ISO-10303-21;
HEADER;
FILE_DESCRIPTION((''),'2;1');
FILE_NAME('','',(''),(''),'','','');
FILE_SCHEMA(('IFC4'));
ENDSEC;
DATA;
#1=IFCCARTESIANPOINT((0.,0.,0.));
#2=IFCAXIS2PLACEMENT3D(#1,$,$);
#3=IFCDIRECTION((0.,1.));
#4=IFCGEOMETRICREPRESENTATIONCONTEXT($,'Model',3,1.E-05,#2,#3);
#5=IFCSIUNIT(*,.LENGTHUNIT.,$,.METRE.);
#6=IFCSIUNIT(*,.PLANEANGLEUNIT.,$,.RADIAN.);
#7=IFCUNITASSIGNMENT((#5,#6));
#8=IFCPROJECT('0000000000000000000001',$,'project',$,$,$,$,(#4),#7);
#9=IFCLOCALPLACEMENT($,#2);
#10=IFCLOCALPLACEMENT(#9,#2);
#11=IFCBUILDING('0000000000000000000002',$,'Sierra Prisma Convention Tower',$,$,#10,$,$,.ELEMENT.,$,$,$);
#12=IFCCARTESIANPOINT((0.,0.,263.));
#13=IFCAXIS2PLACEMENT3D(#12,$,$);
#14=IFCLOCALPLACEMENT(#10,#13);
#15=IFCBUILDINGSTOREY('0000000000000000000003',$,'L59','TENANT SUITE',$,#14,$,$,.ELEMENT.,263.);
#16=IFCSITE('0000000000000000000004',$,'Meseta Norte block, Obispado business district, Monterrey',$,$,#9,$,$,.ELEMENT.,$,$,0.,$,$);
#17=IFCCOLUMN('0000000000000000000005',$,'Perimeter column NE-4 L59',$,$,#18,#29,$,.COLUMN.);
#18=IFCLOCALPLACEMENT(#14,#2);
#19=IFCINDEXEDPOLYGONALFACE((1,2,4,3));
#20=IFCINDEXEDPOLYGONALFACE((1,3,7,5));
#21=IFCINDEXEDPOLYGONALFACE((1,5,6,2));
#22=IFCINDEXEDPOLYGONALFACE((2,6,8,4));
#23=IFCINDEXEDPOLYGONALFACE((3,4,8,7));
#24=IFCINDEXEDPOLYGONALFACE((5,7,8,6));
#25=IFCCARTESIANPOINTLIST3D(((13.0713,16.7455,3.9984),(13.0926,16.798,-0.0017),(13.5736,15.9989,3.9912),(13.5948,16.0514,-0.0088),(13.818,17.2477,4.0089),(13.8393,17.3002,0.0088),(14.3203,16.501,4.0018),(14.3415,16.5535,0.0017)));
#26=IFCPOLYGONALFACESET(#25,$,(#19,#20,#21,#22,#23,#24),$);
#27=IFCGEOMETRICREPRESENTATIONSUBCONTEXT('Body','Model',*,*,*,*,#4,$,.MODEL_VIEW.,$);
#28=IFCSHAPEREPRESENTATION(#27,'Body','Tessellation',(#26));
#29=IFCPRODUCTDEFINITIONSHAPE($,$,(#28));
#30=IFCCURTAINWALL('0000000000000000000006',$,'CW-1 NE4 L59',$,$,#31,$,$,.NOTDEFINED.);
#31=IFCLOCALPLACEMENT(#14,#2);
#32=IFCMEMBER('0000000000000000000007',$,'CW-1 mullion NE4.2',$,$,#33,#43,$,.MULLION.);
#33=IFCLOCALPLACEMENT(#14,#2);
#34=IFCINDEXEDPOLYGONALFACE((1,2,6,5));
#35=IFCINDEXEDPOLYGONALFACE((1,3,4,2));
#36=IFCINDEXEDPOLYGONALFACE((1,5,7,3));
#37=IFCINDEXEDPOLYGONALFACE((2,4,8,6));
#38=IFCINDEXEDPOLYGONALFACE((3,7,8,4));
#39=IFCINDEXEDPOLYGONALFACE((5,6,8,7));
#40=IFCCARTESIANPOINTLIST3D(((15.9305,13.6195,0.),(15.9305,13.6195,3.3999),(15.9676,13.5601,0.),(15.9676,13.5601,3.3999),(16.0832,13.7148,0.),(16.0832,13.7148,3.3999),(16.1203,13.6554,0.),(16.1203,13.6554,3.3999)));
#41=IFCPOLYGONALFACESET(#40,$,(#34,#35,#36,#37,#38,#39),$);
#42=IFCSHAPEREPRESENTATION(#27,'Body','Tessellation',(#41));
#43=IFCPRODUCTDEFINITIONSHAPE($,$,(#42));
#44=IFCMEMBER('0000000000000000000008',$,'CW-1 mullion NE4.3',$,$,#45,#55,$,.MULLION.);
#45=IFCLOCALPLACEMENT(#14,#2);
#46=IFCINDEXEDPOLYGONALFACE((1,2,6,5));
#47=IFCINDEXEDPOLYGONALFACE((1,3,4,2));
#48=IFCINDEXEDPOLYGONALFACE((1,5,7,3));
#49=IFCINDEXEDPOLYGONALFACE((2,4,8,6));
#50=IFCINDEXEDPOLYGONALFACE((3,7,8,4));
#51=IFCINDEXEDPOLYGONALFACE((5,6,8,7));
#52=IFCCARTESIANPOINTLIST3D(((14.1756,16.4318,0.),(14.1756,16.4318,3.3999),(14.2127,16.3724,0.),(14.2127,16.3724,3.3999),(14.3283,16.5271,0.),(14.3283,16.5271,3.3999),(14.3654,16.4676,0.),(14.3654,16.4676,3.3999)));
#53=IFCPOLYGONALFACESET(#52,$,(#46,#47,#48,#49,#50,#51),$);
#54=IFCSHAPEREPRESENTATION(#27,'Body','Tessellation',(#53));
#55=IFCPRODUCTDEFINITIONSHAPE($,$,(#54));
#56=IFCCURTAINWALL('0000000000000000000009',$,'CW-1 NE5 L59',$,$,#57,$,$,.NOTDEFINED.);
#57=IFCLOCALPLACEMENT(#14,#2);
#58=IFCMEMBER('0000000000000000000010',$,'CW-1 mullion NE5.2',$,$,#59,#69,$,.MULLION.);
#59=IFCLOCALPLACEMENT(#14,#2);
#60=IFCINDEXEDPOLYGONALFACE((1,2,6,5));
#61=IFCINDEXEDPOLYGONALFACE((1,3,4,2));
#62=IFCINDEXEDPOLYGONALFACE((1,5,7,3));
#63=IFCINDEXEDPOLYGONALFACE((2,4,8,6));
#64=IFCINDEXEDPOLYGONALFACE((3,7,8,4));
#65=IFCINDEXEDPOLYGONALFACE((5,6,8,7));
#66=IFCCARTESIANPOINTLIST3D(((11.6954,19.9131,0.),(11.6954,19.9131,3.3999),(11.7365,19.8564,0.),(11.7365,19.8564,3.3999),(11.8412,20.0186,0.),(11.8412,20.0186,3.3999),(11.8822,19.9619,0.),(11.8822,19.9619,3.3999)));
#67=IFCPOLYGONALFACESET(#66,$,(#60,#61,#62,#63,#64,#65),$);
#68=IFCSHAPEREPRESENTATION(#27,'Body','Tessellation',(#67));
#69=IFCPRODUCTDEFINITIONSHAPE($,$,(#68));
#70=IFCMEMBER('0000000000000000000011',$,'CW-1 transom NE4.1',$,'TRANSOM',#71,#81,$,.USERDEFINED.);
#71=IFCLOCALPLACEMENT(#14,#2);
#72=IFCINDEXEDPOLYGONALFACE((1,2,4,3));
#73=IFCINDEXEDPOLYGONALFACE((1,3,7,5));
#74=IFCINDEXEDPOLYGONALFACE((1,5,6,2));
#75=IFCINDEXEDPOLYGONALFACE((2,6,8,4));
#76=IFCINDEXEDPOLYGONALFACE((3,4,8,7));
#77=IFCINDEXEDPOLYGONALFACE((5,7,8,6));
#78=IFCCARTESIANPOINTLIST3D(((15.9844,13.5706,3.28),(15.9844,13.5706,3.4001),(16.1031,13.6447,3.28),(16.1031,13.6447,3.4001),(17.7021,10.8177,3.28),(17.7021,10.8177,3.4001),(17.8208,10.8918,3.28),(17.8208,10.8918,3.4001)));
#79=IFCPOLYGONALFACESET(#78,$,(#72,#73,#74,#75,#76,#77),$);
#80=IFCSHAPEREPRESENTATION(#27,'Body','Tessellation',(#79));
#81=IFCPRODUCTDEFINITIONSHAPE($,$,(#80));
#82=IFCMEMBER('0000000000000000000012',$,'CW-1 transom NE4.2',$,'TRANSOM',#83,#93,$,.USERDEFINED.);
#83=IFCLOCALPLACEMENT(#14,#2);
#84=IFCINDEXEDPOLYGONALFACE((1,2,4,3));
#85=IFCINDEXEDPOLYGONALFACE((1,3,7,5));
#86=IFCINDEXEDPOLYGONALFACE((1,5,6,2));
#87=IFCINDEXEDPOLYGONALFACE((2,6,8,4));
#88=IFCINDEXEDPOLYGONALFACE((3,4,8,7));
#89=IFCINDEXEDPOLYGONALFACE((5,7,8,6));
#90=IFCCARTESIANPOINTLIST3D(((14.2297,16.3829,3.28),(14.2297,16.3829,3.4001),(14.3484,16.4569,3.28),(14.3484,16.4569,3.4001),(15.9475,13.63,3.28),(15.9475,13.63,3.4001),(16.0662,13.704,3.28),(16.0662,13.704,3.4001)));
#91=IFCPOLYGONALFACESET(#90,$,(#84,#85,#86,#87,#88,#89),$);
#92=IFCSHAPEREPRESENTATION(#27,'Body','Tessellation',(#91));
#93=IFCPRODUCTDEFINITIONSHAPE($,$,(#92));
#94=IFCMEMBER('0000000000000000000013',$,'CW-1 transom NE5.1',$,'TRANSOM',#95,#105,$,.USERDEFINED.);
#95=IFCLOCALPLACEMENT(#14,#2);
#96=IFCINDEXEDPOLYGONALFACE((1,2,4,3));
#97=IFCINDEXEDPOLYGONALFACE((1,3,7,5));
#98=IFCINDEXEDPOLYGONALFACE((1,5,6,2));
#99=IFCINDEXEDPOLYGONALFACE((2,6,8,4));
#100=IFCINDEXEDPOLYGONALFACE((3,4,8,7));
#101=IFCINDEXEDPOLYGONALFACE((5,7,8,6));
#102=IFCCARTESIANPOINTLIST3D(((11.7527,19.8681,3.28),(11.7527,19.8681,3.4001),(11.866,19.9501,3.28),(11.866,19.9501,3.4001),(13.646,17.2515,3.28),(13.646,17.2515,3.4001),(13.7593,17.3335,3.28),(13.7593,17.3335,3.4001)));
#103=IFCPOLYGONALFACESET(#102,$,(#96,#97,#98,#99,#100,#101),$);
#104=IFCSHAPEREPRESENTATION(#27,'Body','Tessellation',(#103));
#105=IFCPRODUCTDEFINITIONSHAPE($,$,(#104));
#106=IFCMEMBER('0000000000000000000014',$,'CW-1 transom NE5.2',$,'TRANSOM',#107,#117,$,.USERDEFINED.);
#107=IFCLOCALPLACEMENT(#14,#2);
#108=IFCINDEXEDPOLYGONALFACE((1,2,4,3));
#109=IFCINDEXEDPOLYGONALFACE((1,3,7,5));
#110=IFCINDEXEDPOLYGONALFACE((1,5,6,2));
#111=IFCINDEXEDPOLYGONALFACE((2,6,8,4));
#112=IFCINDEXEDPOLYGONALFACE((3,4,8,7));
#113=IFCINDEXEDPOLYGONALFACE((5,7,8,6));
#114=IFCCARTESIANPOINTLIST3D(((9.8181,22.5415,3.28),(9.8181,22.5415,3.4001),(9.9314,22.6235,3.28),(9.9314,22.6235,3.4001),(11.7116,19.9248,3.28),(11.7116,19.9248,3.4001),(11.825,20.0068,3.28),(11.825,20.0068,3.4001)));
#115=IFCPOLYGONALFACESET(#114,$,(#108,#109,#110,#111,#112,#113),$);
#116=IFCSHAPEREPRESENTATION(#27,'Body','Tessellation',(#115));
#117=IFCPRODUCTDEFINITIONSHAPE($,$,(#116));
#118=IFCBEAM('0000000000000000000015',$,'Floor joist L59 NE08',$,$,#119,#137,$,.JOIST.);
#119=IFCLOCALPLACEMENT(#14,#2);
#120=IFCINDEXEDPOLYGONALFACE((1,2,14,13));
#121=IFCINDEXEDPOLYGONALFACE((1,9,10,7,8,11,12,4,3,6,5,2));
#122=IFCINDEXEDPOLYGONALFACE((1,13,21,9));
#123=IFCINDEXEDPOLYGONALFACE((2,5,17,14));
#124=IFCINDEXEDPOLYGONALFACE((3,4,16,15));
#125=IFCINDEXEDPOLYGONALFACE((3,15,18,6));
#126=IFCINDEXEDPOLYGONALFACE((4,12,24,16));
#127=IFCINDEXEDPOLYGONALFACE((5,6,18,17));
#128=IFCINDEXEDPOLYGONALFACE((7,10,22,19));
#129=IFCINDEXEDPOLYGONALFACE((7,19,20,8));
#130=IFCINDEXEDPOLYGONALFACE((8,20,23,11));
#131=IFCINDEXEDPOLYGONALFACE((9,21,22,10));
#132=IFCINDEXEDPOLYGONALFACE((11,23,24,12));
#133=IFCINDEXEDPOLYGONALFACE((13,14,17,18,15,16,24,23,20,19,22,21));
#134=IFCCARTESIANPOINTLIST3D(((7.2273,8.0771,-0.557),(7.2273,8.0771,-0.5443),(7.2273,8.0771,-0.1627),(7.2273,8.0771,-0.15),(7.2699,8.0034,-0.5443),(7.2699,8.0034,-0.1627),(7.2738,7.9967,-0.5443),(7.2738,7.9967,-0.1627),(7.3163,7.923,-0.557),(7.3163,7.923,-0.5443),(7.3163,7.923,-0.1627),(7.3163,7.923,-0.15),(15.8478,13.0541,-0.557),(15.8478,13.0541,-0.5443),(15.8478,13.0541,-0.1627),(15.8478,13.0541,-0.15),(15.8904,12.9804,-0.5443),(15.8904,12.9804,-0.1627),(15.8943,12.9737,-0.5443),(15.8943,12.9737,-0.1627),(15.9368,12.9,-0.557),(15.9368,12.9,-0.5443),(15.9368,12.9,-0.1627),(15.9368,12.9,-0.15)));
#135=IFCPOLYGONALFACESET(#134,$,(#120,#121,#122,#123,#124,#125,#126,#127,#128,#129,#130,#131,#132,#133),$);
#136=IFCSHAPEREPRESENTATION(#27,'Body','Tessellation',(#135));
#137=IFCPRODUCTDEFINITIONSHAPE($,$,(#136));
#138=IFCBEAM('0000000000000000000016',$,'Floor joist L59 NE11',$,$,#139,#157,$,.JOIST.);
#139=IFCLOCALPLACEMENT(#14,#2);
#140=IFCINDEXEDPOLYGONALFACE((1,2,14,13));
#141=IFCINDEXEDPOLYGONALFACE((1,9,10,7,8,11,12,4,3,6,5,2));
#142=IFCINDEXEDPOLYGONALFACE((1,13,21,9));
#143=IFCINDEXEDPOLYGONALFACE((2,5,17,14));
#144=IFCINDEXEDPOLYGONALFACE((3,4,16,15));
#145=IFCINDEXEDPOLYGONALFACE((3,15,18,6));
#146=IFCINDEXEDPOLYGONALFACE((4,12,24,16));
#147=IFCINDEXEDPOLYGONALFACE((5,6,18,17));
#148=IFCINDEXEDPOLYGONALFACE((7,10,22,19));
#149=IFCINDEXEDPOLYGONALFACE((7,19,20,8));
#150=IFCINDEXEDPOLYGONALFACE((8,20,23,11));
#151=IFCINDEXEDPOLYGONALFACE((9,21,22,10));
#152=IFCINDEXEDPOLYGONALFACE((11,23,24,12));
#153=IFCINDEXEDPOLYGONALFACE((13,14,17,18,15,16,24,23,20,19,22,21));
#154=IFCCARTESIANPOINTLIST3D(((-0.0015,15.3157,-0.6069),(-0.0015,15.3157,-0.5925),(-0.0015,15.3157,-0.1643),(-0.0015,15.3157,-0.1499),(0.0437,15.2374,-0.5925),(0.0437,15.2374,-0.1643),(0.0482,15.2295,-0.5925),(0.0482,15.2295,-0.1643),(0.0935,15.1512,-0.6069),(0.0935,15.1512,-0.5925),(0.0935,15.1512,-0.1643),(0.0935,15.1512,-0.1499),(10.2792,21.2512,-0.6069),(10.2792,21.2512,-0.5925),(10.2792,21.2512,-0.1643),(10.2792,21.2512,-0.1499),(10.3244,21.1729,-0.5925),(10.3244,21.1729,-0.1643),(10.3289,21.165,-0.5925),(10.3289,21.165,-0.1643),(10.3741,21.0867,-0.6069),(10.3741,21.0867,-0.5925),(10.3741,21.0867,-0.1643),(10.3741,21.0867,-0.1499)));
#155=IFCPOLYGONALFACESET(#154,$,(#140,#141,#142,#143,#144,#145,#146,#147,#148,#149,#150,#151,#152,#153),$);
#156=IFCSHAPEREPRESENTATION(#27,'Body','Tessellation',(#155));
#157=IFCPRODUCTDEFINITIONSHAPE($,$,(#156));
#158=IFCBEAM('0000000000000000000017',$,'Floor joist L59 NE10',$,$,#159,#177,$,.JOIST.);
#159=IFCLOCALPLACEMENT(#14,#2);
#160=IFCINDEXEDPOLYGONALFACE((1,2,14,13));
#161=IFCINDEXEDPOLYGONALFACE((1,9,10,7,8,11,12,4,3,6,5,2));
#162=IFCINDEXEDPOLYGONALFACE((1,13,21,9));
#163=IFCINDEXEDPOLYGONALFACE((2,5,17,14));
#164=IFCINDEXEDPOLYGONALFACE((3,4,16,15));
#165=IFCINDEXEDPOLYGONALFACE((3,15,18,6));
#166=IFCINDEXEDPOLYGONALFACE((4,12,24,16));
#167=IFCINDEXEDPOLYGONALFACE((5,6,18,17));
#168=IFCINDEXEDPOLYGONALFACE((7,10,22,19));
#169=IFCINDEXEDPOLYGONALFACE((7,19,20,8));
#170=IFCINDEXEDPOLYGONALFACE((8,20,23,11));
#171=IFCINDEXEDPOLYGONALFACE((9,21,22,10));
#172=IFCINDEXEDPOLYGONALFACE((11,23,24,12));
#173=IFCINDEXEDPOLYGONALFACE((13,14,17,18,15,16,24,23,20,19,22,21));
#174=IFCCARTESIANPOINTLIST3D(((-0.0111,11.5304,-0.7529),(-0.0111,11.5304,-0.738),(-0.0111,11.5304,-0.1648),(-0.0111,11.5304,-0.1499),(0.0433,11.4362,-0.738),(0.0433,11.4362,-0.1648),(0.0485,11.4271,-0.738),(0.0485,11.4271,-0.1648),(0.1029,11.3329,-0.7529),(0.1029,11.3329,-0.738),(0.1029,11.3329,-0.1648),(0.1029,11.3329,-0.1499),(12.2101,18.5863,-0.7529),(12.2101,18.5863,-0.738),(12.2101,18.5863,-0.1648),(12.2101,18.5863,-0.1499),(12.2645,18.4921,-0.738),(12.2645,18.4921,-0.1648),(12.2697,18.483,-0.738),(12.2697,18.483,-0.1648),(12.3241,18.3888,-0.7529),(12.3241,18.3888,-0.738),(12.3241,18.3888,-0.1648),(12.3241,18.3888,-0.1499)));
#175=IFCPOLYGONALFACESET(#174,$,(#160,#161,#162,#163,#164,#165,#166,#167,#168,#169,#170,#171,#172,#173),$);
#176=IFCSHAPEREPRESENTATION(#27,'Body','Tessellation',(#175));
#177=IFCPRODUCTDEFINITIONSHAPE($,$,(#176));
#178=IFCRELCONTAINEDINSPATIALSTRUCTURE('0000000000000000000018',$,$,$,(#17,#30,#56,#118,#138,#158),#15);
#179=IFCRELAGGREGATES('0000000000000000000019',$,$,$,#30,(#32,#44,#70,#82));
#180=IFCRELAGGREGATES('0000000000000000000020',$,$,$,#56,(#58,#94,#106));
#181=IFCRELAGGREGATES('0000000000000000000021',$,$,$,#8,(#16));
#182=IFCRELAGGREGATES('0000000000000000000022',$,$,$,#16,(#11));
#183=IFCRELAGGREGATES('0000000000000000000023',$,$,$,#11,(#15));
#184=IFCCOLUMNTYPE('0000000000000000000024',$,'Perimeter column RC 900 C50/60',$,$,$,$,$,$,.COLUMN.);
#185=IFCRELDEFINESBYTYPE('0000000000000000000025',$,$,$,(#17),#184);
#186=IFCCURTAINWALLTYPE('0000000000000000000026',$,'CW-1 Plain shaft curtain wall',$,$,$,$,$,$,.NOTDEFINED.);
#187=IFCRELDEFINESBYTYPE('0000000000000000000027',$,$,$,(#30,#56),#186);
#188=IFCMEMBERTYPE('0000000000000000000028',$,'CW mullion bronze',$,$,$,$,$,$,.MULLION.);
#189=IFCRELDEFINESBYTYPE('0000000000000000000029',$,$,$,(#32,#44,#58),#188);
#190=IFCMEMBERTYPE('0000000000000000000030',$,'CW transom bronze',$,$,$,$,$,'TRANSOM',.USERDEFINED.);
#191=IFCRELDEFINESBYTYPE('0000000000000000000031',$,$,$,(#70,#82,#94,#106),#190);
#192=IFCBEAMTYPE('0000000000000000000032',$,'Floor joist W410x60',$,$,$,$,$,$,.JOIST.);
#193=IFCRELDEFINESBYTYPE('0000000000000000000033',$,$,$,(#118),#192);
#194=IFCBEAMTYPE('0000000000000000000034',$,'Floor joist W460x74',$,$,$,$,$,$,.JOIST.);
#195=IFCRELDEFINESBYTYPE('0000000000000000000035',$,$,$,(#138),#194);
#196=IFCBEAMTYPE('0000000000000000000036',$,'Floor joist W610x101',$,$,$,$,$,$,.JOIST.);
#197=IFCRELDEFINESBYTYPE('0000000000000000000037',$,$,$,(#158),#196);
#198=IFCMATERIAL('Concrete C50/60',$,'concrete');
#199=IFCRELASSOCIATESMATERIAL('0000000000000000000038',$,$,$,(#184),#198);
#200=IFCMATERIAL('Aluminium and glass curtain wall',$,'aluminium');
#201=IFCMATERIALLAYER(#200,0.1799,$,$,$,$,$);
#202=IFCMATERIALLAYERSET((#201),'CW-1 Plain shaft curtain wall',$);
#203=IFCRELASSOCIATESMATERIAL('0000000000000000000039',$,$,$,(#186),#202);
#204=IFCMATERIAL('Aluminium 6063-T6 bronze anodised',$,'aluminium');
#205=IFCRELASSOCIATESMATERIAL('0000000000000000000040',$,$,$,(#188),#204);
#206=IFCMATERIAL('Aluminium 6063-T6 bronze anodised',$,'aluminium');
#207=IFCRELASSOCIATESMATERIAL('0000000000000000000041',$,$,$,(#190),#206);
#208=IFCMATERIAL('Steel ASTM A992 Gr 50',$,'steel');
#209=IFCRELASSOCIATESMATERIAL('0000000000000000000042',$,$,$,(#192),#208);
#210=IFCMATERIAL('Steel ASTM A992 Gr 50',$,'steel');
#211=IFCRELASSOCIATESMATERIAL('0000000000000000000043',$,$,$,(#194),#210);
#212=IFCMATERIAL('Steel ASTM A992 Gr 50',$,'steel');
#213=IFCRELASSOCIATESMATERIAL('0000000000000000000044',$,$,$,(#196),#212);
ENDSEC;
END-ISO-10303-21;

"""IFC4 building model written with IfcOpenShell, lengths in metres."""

from ifc_helpers import new_model, si_unit, direction, frame, origin, origin_2d, place, context, subcontext, project, spatial, rectangle, i_section, extrude, material, layer, layer_set, material_profile, profile_set, type_object, element, aggregate, save


model = new_model("IFC4")

# Units and contexts
model_context = context("Model", 3, precision=1e-05, world=origin(), true_north=direction((0.0, 1.0)))
body_context = subcontext(model_context, "Body", "Model", "MODEL_VIEW")
ifc_project = project(units=[si_unit("LENGTHUNIT", "METRE"), si_unit("PLANEANGLEUNIT", "RADIAN")], contexts=[model_context])

# Site, building, storey
site_placement = place(None, origin())
site = spatial("IfcSite", under=ifc_project, at=site_placement, Name="Meseta Norte block, Obispado business district, Monterrey", CompositionType="ELEMENT", RefElevation=0.0)
building_placement = place(site_placement, origin())
building = spatial("IfcBuilding", under=site, at=building_placement, Name="Sierra Prisma Convention Tower", CompositionType="ELEMENT")
storey_placement = place(building_placement, frame((0.0, 0.0, 263.0)))
storey = spatial("IfcBuildingStorey", under=building, at=storey_placement, Name="L59", Description="TENANT SUITE", CompositionType="ELEMENT", Elevation=263.0)

# Column
ifc_material_1 = material(Name="Concrete C50/60", Category="concrete")
ifc_material_profile_1 = material_profile(ifc_material_1, rectangle(XDim=0.8999, YDim=0.8999, at=origin_2d()), Name="Perimeter column RC 900 C50/60")
ifc_profile_set_1 = profile_set([ifc_material_profile_1], Name="Concrete C50/60")
column_type = type_object("IfcColumnType", Name="Perimeter column RC 900 C50/60", PredefinedType="COLUMN", material=ifc_profile_set_1)
column_placement = place(storey_placement, frame((13.717, 16.6758, 0.0), z_axis=(-0.00531, -0.013121, 0.9999), x_axis=(-0.558111, 0.829729, 0.007925)))
element("IfcColumn", 1, at=column_placement, inside=storey, type_object=column_type, Name="Perimeter column NE-4 L59", PredefinedType="COLUMN", context=body_context, shape_type="SweptSolid", body=[
    extrude(rectangle(XDim=0.8999, YDim=0.8999, at=origin_2d()), origin(), (0.0, 0.0, 1.0), 4.0005),
])

# Curtain wall, members
ifc_material_2 = material(Name="Aluminium and glass curtain wall", Category="aluminium")
ifc_layer_1 = layer(ifc_material_2, 0.1799)
ifc_layer_set_1 = layer_set([ifc_layer_1], Name="CW-1 Plain shaft curtain wall")
curtain_wall_type = type_object("IfcCurtainWallType", Name="CW-1 Plain shaft curtain wall", PredefinedType="NOTDEFINED", material=ifc_layer_set_1)
curtain_wall_1_placement = place(storey_placement, origin())
curtain_wall_1 = element("IfcCurtainWall", 2, at=curtain_wall_1_placement, inside=storey, type_object=curtain_wall_type, Name="CW-1 NE4 L59", PredefinedType="NOTDEFINED")
ifc_material_3 = material(Name="Aluminium 6063-T6 bronze anodised", Category="aluminium")
ifc_material_profile_2 = material_profile(ifc_material_3, rectangle(XDim=0.1799, YDim=0.0701, at=origin_2d()), Name="ALU MULLION 70x180")
ifc_profile_set_2 = profile_set([ifc_material_profile_2], Name="Aluminium 6063-T6 bronze anodised")
member_type_1 = type_object("IfcMemberType", Name="CW mullion bronze", PredefinedType="MULLION", material=ifc_profile_set_2)
member_1_placement = place(storey_placement, frame((16.0254, 13.6375, 0.0), z_axis=(0.0, 0.0, 1.0), x_axis=(-0.848391, -0.52937, 0.0)))
member_1 = element("IfcMember", 3, at=member_1_placement, type_object=member_type_1, Name="CW-1 mullion NE4.2", PredefinedType="MULLION", context=body_context, shape_type="SweptSolid", body=[
    extrude(rectangle(XDim=0.1799, YDim=0.0701, at=origin_2d()), origin(), (0.0, 0.0, 1.0), 3.3999),
])
member_2_placement = place(storey_placement, frame((14.2705, 16.4497, 0.0), z_axis=(0.0, 0.0, 1.0), x_axis=(-0.848391, -0.52937, 0.0)))
member_2 = element("IfcMember", 4, at=member_2_placement, type_object=member_type_1, Name="CW-1 mullion NE4.3", PredefinedType="MULLION", context=body_context, shape_type="SweptSolid", body=[
    extrude(rectangle(XDim=0.1799, YDim=0.0701, at=origin_2d()), origin(), (0.0, 0.0, 1.0), 3.3999),
])

# Curtain wall, member
curtain_wall_2_placement = place(storey_placement, origin())
curtain_wall_2 = element("IfcCurtainWall", 5, at=curtain_wall_2_placement, inside=storey, type_object=curtain_wall_type, Name="CW-1 NE5 L59", PredefinedType="NOTDEFINED")
member_3_placement = place(storey_placement, frame((11.7888, 19.9375, 0.0), z_axis=(0.0, 0.0, 1.0), x_axis=(-0.810157, -0.586214, 0.0)))
member_3 = element("IfcMember", 6, at=member_3_placement, type_object=member_type_1, Name="CW-1 mullion NE5.2", PredefinedType="MULLION", context=body_context, shape_type="SweptSolid", body=[
    extrude(rectangle(XDim=0.1799, YDim=0.0701, at=origin_2d()), origin(), (0.0, 0.0, 1.0), 3.3999),
])

# Members
ifc_material_4 = material(Name="Aluminium 6063-T6 bronze anodised", Category="aluminium")
ifc_material_profile_3 = material_profile(ifc_material_4, rectangle(XDim=0.1399, YDim=0.1201, at=origin_2d()), Name="ALU TRANSOM 120x140")
ifc_profile_set_3 = profile_set([ifc_material_profile_3], Name="Aluminium 6063-T6 bronze anodised")
member_type_2 = type_object("IfcMemberType", Name="CW transom bronze", ElementType="TRANSOM", PredefinedType="USERDEFINED", material=ifc_profile_set_3)
member_4_placement = place(storey_placement, frame((17.7615, 10.8547, 3.3401), z_axis=(-0.529377, 0.848387, 0.0), x_axis=(-0.848387, -0.529377, 0.0)))
member_4 = element("IfcMember", 7, at=member_4_placement, type_object=member_type_2, Name="CW-1 transom NE4.1", ObjectType="TRANSOM", PredefinedType="USERDEFINED", context=body_context, shape_type="SweptSolid", body=[
    extrude(rectangle(XDim=0.1399, YDim=0.1201, at=origin_2d()), origin(), (0.0, 0.0, 1.0), 3.2449),
])
member_5_placement = place(storey_placement, frame((16.0068, 13.667, 3.3401), z_axis=(-0.529377, 0.848387, 0.0), x_axis=(-0.848387, -0.529377, 0.0)))
member_5 = element("IfcMember", 8, at=member_5_placement, type_object=member_type_2, Name="CW-1 transom NE4.2", ObjectType="TRANSOM", PredefinedType="USERDEFINED", context=body_context, shape_type="SweptSolid", body=[
    extrude(rectangle(XDim=0.1399, YDim=0.1201, at=origin_2d()), origin(), (0.0, 0.0, 1.0), 3.2449),
])
member_6_placement = place(storey_placement, frame((13.7026, 17.2925, 3.3401), z_axis=(-0.586197, 0.810169, 0.0), x_axis=(-0.810169, -0.586197, 0.0)))
member_6 = element("IfcMember", 9, at=member_6_placement, type_object=member_type_2, Name="CW-1 transom NE5.1", ObjectType="TRANSOM", PredefinedType="USERDEFINED", context=body_context, shape_type="SweptSolid", body=[
    extrude(rectangle(XDim=0.1399, YDim=0.1201, at=origin_2d()), origin(), (0.0, 0.0, 1.0), 3.2297),
])
member_7_placement = place(storey_placement, frame((11.7683, 19.9658, 3.3401), z_axis=(-0.586246, 0.810133, 0.0), x_axis=(-0.810133, -0.586246, 0.0)))
member_7 = element("IfcMember", 10, at=member_7_placement, type_object=member_type_2, Name="CW-1 transom NE5.2", ObjectType="TRANSOM", PredefinedType="USERDEFINED", context=body_context, shape_type="SweptSolid", body=[
    extrude(rectangle(XDim=0.1399, YDim=0.1201, at=origin_2d()), origin(), (0.0, 0.0, 1.0), 3.23),
])

# Beams
ifc_material_5 = material(Name="Steel ASTM A992 Gr 50", Category="steel")
ifc_material_profile_4 = material_profile(ifc_material_5, i_section(OverallWidth=0.178, OverallDepth=0.407, WebThickness=0.0078, FlangeThickness=0.0127, at=origin_2d()), Name="W410x60")
ifc_profile_set_4 = profile_set([ifc_material_profile_4], Name="Steel ASTM A992 Gr 50")
beam_type_1 = type_object("IfcBeamType", Name="Floor joist W410x60", PredefinedType="JOIST", material=ifc_profile_set_4)
beam_1_placement = place(storey_placement, frame((15.8923, 12.9771, -0.3535), z_axis=(-0.866028, -0.499996, 0.0), x_axis=(0.499996, -0.866028, 0.0)))
element("IfcBeam", 11, at=beam_1_placement, inside=storey, type_object=beam_type_1, Name="Floor joist L59 NE08", PredefinedType="JOIST", context=body_context, shape_type="SweptSolid", body=[
    extrude(i_section(OverallWidth=0.178, OverallDepth=0.407, WebThickness=0.0078, FlangeThickness=0.0127, at=origin_2d()), origin(), (0.0, 0.0, 1.0), 9.9541),
])
ifc_material_6 = material(Name="Steel ASTM A992 Gr 50", Category="steel")
ifc_material_profile_5 = material_profile(ifc_material_6, i_section(OverallWidth=0.1899, OverallDepth=0.457, WebThickness=0.009, FlangeThickness=0.0144, at=origin_2d()), Name="W460x74")
ifc_profile_set_5 = profile_set([ifc_material_profile_5], Name="Steel ASTM A992 Gr 50")
beam_type_2 = type_object("IfcBeamType", Name="Floor joist W460x74", PredefinedType="JOIST", material=ifc_profile_set_5)
beam_2_placement = place(storey_placement, frame((10.3267, 21.1689, -0.3784), z_axis=(-0.866027, -0.499997, 0.0), x_axis=(0.499997, -0.866027, 0.0)))
element("IfcBeam", 12, at=beam_2_placement, inside=storey, type_object=beam_type_2, Name="Floor joist L59 NE11", PredefinedType="JOIST", context=body_context, shape_type="SweptSolid", body=[
    extrude(i_section(OverallWidth=0.1899, OverallDepth=0.457, WebThickness=0.009, FlangeThickness=0.0144, at=origin_2d()), origin(), (0.0, 0.0, 1.0), 11.8711),
])
ifc_material_7 = material(Name="Steel ASTM A992 Gr 50", Category="steel")
ifc_material_profile_6 = material_profile(ifc_material_7, i_section(OverallWidth=0.228, OverallDepth=0.603, WebThickness=0.0105, FlangeThickness=0.0149, at=origin_2d()), Name="W610x101")
ifc_profile_set_6 = profile_set([ifc_material_profile_6], Name="Steel ASTM A992 Gr 50")
beam_type_3 = type_object("IfcBeamType", Name="Floor joist W610x101", PredefinedType="JOIST", material=ifc_profile_set_6)
beam_3_placement = place(storey_placement, frame((12.2671, 18.4875, -0.4514), z_axis=(-0.866025, -0.5, 0.0), x_axis=(0.5, -0.866025, 0.0)))
element("IfcBeam", 13, at=beam_3_placement, inside=storey, type_object=beam_type_3, Name="Floor joist L59 NE10", PredefinedType="JOIST", context=body_context, shape_type="SweptSolid", body=[
    extrude(i_section(OverallWidth=0.228, OverallDepth=0.603, WebThickness=0.0105, FlangeThickness=0.0149, at=origin_2d()), origin(), (0.0, 0.0, 1.0), 14.1118),
])

aggregate(curtain_wall_1, [member_1, member_2, member_4, member_5])
aggregate(curtain_wall_2, [member_3, member_6, member_7])

save(model, "model.ifc")
